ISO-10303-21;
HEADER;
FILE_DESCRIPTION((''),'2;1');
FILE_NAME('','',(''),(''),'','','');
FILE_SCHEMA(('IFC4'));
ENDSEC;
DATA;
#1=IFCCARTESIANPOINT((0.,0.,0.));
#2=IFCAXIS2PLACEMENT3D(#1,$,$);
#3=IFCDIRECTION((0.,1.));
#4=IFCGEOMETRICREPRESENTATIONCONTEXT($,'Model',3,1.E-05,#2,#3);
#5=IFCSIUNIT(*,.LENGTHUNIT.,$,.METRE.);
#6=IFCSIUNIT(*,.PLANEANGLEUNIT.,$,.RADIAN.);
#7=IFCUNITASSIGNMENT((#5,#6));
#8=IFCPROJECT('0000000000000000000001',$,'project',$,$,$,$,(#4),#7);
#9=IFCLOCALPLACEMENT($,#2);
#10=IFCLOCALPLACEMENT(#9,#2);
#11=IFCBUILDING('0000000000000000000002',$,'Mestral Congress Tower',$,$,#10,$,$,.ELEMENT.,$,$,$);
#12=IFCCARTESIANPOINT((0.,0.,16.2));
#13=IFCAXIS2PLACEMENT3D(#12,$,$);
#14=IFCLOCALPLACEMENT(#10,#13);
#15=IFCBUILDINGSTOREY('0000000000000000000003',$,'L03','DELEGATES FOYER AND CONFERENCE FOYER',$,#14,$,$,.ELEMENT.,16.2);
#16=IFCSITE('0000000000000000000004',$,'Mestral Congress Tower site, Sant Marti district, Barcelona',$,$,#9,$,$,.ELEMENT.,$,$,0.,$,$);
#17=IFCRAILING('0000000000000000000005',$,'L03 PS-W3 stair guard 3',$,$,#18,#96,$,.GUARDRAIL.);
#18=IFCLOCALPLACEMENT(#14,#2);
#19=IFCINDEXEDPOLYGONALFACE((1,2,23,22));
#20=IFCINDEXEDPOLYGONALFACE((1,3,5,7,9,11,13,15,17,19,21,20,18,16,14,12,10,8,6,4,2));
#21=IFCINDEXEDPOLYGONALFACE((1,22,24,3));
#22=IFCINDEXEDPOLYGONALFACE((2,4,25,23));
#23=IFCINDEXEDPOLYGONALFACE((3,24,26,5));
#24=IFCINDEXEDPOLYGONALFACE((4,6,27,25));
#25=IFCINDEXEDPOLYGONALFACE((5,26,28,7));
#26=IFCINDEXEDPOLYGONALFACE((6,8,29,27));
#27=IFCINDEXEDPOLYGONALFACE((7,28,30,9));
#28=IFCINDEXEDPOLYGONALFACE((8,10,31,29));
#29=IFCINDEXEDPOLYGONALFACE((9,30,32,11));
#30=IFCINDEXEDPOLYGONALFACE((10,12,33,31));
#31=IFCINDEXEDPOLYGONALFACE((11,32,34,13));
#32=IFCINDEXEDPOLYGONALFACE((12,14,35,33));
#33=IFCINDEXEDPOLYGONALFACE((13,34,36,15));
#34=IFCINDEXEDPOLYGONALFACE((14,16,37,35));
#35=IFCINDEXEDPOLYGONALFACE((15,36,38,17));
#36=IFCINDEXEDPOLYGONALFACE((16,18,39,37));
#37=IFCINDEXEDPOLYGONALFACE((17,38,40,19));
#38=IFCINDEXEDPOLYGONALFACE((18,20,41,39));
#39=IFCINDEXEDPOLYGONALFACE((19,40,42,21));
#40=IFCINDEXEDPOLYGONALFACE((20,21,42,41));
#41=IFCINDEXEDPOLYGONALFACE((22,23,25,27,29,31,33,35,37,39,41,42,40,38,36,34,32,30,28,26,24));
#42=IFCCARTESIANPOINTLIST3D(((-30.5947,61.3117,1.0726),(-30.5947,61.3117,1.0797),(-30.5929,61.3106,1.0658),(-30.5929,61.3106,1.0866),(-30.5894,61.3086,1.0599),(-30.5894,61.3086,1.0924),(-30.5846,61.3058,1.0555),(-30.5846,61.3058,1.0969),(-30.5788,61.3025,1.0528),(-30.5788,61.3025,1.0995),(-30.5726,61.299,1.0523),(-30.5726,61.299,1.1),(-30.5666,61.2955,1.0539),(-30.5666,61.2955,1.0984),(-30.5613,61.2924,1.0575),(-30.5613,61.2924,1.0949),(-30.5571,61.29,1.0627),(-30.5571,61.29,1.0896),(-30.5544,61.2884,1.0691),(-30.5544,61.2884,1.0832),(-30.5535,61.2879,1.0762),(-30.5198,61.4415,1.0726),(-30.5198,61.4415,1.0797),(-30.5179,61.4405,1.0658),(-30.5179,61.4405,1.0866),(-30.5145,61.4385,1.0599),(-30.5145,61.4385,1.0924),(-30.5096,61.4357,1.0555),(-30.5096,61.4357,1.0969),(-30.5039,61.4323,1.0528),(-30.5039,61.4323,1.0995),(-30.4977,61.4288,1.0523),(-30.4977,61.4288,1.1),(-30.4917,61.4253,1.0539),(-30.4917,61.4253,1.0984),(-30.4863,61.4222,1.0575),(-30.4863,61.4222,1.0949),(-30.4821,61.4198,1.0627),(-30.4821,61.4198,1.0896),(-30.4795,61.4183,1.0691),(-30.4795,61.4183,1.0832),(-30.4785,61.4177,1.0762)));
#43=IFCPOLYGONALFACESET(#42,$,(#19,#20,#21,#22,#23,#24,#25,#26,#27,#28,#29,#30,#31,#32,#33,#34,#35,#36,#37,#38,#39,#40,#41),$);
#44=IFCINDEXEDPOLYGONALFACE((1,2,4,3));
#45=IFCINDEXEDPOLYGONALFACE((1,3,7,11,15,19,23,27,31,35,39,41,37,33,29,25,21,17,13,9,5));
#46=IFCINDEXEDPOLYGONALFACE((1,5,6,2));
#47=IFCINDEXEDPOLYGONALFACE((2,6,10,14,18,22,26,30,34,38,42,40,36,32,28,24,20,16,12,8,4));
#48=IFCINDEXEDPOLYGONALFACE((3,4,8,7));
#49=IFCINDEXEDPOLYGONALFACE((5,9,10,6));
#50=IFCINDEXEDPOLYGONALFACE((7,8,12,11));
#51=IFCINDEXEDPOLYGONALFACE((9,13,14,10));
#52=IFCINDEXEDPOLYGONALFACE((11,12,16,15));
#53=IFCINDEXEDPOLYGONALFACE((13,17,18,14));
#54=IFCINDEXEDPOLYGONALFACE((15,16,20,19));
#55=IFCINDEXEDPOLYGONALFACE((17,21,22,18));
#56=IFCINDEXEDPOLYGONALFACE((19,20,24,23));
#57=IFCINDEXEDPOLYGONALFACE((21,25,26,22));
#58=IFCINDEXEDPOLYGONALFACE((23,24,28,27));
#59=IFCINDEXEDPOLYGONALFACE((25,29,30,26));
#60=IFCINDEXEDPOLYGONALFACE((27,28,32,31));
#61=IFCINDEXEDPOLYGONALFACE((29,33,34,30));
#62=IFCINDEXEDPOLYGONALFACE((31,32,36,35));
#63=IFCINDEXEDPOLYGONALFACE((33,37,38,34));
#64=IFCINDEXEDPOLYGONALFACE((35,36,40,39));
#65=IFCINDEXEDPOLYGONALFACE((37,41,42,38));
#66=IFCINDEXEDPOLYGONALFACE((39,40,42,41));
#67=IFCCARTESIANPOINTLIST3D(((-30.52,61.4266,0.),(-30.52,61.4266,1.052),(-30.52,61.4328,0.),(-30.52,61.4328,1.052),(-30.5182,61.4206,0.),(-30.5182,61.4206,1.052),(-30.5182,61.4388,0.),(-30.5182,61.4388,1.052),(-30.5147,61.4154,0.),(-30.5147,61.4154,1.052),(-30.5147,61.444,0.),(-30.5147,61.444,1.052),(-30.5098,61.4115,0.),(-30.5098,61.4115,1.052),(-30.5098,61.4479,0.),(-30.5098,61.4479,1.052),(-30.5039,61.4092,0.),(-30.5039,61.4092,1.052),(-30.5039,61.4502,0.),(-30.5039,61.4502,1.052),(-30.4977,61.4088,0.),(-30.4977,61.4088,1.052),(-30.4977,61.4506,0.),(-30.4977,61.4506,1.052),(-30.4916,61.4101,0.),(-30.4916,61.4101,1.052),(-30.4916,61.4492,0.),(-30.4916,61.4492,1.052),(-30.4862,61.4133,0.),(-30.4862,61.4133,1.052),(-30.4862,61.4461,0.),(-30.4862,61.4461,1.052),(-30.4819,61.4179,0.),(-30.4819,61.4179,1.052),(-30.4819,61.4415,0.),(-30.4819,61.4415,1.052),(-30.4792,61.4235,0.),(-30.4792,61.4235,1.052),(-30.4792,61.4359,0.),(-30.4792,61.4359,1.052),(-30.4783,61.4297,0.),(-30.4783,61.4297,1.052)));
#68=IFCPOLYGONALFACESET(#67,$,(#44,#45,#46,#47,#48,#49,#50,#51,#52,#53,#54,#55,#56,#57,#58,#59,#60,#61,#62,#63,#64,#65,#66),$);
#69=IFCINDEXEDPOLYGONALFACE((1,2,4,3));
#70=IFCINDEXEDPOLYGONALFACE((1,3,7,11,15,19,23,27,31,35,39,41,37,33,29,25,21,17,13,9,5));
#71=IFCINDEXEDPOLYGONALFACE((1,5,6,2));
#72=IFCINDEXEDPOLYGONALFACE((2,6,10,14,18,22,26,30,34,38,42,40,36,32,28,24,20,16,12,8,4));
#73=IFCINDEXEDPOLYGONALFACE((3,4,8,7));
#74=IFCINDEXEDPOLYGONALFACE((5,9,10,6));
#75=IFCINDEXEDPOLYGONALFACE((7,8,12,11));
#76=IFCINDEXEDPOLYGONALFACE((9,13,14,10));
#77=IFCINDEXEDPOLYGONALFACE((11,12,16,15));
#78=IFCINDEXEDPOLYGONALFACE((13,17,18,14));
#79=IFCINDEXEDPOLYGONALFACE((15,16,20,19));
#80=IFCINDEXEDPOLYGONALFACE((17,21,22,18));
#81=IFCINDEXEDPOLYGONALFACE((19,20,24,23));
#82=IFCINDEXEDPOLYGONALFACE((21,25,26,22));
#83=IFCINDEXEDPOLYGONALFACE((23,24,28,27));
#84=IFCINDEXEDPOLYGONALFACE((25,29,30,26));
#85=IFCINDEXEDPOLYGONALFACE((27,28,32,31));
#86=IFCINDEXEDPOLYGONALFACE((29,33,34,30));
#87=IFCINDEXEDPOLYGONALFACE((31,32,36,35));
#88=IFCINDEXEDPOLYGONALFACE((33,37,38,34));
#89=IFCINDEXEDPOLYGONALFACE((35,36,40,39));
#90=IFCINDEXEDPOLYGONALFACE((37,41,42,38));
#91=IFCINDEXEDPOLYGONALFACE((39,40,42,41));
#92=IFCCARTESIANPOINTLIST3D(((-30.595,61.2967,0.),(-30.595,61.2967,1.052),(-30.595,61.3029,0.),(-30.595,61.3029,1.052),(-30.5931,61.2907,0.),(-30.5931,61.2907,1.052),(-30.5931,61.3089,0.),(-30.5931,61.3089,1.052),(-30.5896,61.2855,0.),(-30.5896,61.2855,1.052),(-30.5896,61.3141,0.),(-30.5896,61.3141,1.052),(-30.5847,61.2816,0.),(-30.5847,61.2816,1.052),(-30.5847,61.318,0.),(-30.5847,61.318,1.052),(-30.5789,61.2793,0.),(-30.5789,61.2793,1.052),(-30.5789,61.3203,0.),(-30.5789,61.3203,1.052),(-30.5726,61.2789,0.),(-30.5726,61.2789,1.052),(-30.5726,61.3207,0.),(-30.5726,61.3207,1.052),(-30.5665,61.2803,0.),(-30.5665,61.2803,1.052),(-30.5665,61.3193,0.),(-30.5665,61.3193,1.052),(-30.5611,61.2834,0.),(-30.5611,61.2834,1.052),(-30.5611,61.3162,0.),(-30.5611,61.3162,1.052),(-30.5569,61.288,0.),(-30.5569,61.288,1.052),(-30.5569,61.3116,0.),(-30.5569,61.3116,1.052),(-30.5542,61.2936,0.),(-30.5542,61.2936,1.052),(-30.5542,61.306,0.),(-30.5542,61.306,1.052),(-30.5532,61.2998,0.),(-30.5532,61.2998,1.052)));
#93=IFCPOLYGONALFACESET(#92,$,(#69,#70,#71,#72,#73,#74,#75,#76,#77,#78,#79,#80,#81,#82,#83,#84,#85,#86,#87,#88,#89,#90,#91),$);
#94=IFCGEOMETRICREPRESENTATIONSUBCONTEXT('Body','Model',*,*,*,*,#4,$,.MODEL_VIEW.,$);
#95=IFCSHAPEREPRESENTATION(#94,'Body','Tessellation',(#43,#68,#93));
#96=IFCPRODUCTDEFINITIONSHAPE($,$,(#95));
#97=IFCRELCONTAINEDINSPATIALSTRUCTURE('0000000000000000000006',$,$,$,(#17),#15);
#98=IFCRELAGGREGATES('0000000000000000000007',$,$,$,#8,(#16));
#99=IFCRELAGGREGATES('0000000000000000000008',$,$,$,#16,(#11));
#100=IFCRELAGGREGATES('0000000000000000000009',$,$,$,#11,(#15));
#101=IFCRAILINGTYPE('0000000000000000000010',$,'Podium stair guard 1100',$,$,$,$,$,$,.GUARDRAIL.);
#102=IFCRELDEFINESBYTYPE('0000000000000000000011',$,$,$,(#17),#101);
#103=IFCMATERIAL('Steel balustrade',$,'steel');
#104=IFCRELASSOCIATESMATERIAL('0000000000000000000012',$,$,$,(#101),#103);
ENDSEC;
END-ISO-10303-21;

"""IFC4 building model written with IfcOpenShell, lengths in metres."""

from ifc_helpers import new_model, si_unit, direction, frame, origin, origin_2d, place, context, subcontext, project, spatial, circle, extrude, material, type_object, element, save


model = new_model("IFC4")

# Units and contexts
model_context = context("Model", 3, precision=1e-05, world=origin(), true_north=direction((0.0, 1.0)))
body_context = subcontext(model_context, "Body", "Model", "MODEL_VIEW")
ifc_project = project(units=[si_unit("LENGTHUNIT", "METRE"), si_unit("PLANEANGLEUNIT", "RADIAN")], contexts=[model_context])

# Site, building, storey
site_placement = place(None, origin())
site = spatial("IfcSite", under=ifc_project, at=site_placement, Name="Mestral Congress Tower site, Sant Marti district, Barcelona", CompositionType="ELEMENT", RefElevation=0.0)
building_placement = place(site_placement, origin())
building = spatial("IfcBuilding", under=site, at=building_placement, Name="Mestral Congress Tower", CompositionType="ELEMENT")
storey_placement = place(building_placement, frame((0.0, 0.0, 16.2)))
storey = spatial("IfcBuildingStorey", under=building, at=storey_placement, Name="L03", Description="DELEGATES FOYER AND CONFERENCE FOYER", CompositionType="ELEMENT", Elevation=16.2)

# Railing
ifc_material_1 = material(Name="Steel balustrade", Category="steel")
railing_type_1 = type_object("IfcRailingType", Name="Podium stair guard 1100", PredefinedType="GUARDRAIL", material=ifc_material_1)
railing_1_placement = place(storey_placement, frame((-30.4993, 61.4297, 0.0)))
element("IfcRailing", 1, at=railing_1_placement, inside=storey, type_object=railing_type_1, Name="L03 PS-W3 stair guard 3", PredefinedType="GUARDRAIL", context=body_context, shape_type="SweptSolid", body=[
    extrude(circle(Radius=0.0239, at=origin_2d()), frame((0.0, 0.0, 1.0762), z_axis=(-0.499816, -0.866131, 0.0), x_axis=(0.866131, -0.499816, 0.0)), (0.0, 0.0, 1.0), 0.1499),
    extrude(circle(Radius=0.021, at=origin_2d()), origin(), (0.0, 0.0, 1.0), 1.052),
    extrude(circle(Radius=0.021, at=origin_2d()), frame((-0.075, -0.1299, 0.0)), (0.0, 0.0, 1.0), 1.052),
])

save(model, "model.ifc")
